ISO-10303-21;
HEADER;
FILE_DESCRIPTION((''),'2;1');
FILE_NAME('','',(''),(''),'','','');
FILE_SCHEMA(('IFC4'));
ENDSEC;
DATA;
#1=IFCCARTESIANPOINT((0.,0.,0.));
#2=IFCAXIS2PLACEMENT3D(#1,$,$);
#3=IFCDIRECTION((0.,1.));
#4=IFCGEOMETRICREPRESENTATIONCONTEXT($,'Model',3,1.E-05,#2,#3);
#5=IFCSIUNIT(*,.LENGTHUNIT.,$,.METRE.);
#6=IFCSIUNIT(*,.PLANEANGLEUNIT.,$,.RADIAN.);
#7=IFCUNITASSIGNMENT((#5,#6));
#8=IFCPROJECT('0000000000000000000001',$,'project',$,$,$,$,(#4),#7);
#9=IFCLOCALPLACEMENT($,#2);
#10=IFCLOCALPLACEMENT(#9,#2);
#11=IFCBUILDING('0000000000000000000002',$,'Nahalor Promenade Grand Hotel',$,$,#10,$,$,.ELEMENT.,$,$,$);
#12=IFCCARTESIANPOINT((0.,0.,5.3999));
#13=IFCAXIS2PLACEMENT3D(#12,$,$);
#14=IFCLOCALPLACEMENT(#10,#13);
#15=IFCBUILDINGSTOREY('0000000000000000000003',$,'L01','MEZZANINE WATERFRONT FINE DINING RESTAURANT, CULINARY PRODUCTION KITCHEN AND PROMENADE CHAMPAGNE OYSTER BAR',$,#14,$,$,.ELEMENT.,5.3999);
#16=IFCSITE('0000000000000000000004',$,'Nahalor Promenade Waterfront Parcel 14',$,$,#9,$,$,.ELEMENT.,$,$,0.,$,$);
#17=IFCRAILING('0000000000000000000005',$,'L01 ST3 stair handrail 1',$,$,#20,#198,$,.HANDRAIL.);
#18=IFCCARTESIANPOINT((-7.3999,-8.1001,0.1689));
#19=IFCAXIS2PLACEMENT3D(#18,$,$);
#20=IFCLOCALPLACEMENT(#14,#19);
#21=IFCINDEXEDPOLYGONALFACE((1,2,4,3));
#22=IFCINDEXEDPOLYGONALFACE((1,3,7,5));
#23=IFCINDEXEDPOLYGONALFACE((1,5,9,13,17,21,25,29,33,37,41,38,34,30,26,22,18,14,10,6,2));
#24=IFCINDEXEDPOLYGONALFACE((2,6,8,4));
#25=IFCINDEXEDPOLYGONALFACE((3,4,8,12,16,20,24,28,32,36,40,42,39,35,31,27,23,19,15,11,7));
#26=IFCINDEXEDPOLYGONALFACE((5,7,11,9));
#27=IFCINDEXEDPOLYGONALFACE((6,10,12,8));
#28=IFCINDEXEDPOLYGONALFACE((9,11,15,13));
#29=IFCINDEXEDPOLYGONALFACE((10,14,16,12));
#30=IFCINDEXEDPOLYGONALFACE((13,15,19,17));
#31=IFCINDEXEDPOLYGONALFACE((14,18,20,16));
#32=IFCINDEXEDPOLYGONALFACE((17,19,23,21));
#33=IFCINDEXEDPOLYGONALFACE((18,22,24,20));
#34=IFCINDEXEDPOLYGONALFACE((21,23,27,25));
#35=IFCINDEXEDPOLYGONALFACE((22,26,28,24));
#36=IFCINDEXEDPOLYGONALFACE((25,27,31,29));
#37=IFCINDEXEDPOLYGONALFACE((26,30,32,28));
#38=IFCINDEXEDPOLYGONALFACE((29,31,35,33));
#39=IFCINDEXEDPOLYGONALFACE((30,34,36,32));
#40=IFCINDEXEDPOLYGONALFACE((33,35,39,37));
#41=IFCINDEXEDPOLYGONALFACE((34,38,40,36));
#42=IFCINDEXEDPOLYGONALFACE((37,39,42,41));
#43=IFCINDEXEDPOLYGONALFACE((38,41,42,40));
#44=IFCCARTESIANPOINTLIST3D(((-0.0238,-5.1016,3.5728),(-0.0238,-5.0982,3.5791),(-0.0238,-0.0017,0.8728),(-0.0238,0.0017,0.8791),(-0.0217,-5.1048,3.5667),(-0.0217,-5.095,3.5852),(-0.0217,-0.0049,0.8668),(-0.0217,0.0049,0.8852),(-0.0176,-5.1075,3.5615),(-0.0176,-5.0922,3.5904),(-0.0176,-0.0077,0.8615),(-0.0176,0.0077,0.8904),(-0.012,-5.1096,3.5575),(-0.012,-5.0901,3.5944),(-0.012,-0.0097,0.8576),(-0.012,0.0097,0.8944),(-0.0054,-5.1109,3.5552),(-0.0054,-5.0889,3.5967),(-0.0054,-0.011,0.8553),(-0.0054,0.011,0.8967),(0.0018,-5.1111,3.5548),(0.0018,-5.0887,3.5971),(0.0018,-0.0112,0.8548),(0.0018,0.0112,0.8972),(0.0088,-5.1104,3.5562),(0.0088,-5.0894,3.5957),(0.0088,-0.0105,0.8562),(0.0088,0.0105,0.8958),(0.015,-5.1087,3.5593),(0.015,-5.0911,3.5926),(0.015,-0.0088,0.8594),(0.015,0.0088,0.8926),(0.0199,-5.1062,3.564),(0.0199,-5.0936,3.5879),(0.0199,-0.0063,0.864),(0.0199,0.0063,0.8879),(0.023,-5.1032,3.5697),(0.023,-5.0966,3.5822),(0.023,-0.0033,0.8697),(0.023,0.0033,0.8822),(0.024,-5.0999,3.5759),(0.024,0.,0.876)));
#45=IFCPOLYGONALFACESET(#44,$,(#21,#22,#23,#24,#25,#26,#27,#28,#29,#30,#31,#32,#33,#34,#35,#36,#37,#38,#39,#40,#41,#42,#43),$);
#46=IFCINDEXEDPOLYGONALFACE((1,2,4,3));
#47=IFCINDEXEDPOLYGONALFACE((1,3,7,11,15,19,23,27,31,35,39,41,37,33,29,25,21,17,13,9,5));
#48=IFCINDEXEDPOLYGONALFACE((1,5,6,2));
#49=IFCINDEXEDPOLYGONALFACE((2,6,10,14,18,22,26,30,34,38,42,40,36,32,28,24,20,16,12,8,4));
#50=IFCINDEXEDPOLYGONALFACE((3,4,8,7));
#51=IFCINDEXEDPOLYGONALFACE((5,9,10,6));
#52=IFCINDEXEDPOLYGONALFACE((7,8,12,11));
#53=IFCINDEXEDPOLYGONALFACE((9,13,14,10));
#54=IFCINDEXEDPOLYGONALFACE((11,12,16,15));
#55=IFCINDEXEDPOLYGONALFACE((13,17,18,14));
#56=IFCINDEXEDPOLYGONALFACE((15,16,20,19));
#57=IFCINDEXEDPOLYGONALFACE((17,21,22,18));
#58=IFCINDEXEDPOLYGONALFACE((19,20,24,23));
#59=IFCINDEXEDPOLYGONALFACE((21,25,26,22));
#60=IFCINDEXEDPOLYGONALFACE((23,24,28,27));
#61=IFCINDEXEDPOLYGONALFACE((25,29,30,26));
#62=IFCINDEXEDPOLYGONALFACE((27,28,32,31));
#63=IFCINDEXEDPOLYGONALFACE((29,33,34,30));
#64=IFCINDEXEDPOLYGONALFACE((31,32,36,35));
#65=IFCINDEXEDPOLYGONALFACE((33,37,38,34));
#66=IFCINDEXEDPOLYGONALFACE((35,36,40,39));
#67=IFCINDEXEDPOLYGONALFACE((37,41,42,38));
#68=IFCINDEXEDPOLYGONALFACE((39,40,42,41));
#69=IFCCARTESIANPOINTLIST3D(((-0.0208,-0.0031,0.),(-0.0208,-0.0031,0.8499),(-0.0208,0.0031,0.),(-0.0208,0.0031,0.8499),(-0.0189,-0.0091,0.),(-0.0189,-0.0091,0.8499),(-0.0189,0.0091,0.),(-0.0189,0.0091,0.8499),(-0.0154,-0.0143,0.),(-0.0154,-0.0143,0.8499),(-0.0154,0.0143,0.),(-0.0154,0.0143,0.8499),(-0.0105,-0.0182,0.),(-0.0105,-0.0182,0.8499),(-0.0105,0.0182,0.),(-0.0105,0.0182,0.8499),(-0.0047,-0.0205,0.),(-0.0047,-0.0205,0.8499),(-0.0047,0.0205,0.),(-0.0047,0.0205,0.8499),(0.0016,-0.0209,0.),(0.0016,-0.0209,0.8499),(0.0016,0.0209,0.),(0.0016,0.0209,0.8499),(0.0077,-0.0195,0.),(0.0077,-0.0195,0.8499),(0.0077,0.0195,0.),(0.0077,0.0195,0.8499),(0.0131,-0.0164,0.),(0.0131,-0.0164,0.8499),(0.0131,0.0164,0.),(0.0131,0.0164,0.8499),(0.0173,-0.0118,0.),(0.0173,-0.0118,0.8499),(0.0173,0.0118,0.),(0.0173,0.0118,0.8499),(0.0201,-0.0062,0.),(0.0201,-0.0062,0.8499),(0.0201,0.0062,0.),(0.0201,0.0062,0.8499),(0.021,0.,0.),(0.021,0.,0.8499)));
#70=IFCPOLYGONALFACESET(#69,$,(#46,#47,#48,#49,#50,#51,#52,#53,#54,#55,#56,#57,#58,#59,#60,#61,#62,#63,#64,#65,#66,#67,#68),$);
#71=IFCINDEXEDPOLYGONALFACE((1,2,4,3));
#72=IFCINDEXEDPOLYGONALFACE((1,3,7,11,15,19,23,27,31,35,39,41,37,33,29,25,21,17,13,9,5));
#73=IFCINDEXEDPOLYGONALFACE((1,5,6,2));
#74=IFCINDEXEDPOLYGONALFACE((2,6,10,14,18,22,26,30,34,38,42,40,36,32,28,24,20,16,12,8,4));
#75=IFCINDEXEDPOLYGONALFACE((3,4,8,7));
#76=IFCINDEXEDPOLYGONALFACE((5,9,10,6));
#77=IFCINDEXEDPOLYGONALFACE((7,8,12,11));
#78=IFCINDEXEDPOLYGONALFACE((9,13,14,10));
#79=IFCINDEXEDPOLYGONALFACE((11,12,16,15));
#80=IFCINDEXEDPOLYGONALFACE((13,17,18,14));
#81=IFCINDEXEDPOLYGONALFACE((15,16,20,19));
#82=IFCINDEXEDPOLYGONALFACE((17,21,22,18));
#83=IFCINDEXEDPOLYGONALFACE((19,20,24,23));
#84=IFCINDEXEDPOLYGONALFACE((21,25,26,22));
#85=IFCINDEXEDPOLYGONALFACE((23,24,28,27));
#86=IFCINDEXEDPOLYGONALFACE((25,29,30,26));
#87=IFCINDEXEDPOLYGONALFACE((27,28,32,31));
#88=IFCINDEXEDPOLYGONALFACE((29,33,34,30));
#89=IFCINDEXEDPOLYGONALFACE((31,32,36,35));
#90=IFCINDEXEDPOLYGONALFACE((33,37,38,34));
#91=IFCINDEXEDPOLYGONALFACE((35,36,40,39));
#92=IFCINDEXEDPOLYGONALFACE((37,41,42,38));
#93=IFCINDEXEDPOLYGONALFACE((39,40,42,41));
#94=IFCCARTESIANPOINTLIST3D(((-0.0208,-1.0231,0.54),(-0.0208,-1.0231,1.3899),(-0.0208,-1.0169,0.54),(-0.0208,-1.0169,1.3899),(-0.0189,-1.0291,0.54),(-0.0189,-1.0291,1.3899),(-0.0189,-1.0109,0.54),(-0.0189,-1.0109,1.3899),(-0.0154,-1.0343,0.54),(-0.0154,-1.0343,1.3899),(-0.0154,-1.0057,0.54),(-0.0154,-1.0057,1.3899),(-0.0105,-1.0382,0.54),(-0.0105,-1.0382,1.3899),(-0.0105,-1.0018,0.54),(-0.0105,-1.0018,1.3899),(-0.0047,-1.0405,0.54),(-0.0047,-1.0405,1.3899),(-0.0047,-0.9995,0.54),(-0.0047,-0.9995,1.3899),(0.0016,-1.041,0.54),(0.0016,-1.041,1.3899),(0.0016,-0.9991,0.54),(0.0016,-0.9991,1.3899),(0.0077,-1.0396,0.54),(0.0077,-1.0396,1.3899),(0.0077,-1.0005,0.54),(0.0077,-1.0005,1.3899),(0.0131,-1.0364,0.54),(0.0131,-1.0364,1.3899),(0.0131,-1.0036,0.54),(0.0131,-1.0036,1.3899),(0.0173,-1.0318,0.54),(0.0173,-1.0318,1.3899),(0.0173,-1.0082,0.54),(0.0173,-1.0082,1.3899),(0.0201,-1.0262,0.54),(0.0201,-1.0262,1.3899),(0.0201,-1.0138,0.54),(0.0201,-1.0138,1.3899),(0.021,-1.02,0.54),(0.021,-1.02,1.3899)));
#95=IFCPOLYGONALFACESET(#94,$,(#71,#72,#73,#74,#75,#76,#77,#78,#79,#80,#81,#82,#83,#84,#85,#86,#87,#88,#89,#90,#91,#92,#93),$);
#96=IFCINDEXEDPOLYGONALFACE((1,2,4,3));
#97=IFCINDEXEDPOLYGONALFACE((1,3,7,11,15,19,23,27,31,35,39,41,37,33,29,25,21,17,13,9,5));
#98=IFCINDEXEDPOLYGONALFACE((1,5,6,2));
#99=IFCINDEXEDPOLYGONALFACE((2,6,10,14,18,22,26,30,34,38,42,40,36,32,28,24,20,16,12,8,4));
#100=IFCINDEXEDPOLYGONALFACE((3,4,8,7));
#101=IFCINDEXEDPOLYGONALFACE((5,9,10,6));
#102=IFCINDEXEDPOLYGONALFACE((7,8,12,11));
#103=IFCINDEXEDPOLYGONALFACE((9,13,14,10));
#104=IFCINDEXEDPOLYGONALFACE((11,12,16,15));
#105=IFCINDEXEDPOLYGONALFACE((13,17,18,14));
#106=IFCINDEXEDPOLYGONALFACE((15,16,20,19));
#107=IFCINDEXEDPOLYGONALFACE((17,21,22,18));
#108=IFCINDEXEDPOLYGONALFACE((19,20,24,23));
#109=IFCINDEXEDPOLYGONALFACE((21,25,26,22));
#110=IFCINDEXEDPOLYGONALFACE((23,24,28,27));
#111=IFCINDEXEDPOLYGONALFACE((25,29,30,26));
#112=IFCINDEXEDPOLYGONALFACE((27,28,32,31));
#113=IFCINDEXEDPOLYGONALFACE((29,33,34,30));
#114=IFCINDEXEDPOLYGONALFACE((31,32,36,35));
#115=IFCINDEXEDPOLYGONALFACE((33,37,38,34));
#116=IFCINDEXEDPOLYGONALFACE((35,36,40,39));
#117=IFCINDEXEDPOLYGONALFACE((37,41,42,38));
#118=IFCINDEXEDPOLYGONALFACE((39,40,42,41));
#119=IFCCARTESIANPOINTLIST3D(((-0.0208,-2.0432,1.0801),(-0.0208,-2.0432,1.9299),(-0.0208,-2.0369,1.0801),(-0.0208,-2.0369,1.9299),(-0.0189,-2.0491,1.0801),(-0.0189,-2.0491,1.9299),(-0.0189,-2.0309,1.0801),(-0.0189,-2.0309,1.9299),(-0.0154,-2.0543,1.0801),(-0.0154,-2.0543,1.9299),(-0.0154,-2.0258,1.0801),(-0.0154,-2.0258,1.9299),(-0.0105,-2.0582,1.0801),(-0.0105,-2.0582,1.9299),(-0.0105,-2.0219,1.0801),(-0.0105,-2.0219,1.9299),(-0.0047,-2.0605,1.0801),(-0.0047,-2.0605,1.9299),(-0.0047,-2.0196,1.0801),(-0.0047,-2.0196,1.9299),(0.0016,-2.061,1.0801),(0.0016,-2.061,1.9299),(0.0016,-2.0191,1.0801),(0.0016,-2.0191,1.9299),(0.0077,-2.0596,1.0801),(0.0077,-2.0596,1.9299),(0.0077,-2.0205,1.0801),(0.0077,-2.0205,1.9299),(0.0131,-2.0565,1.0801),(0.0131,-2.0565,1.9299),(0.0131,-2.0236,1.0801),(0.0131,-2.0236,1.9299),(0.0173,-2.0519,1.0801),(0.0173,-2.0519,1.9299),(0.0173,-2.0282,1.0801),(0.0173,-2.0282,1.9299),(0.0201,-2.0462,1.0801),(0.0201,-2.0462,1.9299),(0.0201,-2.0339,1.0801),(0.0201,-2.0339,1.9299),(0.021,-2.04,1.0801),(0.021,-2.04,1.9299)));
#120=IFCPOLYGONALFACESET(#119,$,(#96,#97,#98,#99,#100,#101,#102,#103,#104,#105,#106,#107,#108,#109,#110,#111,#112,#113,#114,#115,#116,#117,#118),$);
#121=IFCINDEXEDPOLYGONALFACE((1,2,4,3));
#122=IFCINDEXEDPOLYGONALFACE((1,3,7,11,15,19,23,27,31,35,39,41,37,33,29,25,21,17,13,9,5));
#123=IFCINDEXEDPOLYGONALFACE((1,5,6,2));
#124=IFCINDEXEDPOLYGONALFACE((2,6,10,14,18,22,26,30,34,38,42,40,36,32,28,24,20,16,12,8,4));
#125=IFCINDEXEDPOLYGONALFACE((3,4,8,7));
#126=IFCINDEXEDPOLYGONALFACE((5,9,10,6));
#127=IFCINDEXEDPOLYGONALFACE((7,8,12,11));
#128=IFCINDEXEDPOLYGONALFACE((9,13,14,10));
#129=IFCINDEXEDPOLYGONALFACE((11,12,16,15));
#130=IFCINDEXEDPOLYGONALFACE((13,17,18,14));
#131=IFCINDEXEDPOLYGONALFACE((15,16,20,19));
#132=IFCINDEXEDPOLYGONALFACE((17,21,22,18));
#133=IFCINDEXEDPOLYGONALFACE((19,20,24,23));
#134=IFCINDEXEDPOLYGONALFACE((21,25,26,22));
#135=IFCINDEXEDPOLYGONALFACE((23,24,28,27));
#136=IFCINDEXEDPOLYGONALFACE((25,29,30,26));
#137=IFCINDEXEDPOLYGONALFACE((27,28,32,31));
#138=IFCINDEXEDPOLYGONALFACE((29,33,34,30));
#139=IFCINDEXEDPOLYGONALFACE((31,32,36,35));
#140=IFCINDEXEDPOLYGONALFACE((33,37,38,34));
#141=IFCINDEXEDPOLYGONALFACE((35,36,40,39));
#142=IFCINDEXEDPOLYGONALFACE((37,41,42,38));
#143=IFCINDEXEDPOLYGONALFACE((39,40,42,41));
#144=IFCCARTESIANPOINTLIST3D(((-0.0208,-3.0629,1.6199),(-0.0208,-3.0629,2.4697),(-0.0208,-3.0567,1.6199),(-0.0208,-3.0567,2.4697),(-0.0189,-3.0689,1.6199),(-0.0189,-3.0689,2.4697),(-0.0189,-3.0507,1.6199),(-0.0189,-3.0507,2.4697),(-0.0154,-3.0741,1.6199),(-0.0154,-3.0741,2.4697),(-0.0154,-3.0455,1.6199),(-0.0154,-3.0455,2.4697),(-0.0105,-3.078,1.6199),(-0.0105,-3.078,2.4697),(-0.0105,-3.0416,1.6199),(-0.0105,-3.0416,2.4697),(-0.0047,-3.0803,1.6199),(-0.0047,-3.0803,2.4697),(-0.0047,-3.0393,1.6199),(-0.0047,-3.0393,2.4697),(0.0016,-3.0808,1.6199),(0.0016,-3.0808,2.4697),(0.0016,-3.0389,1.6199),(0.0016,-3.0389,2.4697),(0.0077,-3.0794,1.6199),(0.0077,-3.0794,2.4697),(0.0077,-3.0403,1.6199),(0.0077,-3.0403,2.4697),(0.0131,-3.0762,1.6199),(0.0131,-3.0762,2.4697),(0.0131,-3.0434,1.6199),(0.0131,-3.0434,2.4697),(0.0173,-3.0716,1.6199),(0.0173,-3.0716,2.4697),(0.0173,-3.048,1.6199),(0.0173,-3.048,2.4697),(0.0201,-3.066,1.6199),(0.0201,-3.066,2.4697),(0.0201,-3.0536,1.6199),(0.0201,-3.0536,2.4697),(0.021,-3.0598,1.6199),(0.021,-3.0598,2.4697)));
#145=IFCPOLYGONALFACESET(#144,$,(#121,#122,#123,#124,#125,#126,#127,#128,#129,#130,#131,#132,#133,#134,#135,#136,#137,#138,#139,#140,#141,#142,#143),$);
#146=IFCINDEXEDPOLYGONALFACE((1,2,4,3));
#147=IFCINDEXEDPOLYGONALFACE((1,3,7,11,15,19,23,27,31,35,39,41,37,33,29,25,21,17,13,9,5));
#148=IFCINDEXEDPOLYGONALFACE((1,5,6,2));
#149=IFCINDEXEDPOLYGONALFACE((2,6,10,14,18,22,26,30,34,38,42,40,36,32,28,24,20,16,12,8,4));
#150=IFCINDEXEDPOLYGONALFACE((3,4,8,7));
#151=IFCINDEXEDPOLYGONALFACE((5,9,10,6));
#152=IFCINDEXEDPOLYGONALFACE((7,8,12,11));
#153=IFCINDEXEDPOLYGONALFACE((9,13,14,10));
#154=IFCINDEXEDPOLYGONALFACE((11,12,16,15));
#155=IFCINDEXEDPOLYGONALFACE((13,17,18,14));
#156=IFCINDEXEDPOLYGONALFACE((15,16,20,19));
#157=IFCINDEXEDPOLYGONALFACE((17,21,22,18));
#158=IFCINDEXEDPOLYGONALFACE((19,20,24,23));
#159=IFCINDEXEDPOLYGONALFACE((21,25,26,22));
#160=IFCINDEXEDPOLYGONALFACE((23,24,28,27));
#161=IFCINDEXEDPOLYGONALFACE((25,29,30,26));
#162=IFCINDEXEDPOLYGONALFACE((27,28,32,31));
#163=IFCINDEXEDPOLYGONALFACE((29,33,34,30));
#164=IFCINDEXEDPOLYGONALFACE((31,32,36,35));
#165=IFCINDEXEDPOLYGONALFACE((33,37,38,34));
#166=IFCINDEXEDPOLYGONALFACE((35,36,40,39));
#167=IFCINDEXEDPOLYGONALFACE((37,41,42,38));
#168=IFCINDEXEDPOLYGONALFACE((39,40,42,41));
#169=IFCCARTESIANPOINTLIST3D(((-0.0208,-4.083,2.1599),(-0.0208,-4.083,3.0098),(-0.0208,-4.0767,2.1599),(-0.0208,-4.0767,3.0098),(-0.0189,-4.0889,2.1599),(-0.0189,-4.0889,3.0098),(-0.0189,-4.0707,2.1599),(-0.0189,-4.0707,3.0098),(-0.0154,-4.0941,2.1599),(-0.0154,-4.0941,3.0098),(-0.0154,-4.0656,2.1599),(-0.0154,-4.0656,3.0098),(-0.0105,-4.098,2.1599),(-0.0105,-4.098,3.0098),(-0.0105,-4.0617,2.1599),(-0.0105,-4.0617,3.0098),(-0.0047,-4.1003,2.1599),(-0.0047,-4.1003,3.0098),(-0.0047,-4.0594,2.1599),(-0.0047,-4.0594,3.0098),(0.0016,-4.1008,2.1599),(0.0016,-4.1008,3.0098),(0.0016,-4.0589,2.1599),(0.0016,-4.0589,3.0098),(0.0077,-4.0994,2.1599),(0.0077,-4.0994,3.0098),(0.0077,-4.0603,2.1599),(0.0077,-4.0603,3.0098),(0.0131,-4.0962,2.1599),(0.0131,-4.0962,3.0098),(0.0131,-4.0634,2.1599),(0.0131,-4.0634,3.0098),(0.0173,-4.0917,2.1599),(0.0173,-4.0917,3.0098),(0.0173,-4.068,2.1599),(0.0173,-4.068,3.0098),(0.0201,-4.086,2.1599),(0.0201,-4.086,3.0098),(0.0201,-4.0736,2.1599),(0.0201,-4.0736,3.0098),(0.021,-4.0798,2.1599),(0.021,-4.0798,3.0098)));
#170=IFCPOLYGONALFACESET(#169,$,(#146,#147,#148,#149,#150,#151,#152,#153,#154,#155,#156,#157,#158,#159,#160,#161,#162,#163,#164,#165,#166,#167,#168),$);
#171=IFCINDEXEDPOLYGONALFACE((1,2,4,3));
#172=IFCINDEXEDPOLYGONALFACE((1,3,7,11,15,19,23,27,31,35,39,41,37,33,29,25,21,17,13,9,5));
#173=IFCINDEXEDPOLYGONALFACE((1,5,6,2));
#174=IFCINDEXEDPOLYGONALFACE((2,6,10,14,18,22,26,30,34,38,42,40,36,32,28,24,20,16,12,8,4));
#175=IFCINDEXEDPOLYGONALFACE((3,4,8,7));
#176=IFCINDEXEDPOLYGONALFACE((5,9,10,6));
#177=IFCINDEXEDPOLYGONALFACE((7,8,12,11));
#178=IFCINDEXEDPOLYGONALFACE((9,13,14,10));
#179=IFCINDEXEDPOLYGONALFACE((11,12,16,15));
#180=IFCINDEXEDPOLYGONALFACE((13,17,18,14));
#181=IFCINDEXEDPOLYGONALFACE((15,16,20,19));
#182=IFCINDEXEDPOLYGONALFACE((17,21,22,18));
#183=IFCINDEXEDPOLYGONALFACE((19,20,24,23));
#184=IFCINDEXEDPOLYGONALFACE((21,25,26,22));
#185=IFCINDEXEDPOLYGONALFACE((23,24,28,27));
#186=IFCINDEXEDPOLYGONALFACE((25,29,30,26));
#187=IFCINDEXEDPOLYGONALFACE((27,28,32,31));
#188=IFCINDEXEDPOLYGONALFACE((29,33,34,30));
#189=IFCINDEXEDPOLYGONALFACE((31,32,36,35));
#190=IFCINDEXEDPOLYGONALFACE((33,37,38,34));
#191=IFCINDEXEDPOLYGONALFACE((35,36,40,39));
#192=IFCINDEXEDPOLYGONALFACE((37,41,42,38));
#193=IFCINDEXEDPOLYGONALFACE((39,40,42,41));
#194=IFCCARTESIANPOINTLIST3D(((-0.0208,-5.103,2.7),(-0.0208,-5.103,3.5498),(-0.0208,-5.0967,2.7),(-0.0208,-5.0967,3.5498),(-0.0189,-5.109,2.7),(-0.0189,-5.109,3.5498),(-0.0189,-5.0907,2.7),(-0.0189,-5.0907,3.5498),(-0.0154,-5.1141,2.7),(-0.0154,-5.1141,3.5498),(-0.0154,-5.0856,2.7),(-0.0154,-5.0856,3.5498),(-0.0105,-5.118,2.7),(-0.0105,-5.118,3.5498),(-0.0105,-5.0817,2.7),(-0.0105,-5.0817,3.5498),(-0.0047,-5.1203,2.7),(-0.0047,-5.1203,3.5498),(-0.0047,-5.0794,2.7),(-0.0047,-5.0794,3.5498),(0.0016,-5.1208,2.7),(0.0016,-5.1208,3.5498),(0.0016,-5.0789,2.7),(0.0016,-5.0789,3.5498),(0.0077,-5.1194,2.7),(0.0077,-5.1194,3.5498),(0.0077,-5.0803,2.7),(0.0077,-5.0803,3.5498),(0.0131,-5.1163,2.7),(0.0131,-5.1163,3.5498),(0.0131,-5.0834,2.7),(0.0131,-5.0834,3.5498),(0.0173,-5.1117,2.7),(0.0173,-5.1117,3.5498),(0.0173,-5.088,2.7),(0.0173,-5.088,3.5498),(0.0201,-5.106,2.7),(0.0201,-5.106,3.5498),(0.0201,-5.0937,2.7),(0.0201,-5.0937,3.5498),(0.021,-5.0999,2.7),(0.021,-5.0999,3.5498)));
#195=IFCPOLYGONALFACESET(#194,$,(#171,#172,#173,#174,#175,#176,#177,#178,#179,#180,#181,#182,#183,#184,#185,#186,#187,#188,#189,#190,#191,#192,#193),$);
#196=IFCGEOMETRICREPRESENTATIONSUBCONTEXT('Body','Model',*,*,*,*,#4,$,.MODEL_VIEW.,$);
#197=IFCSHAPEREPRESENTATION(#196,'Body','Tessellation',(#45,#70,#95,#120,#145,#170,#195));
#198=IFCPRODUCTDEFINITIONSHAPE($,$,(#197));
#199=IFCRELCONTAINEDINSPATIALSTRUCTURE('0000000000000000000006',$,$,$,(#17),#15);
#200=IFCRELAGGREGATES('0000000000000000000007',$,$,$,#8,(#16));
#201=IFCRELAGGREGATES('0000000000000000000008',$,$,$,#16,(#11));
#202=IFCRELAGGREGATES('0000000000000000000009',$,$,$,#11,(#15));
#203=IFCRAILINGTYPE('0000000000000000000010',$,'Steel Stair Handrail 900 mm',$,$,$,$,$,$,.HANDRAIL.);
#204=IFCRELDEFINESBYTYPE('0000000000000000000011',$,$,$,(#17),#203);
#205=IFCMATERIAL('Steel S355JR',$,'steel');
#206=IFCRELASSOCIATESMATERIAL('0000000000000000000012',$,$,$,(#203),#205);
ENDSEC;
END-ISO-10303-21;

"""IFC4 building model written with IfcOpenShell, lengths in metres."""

from ifc_helpers import new_model, si_unit, direction, frame, origin, origin_2d, place, context, subcontext, project, spatial, circle, extrude, material, type_object, element, save


model = new_model("IFC4")

# Units and contexts
model_context = context("Model", 3, precision=1e-05, world=origin(), true_north=direction((0.0, 1.0)))
body_context = subcontext(model_context, "Body", "Model", "MODEL_VIEW")
ifc_project = project(units=[si_unit("LENGTHUNIT", "METRE"), si_unit("PLANEANGLEUNIT", "RADIAN")], contexts=[model_context])

# Site, building, storey
site_placement = place(None, origin())
site = spatial("IfcSite", under=ifc_project, at=site_placement, Name="Nahalor Promenade Waterfront Parcel 14", CompositionType="ELEMENT", RefElevation=0.0)
building_placement = place(site_placement, origin())
building = spatial("IfcBuilding", under=site, at=building_placement, Name="Nahalor Promenade Grand Hotel", CompositionType="ELEMENT")
storey_placement = place(building_placement, frame((0.0, 0.0, 5.3999)))
storey = spatial("IfcBuildingStorey", under=building, at=storey_placement, Name="L01", Description="MEZZANINE WATERFRONT FINE DINING RESTAURANT, CULINARY PRODUCTION KITCHEN AND PROMENADE CHAMPAGNE OYSTER BAR", CompositionType="ELEMENT", Elevation=5.3999)

# Shared definitions
ifc_material_1 = material(Name="Steel S355JR", Category="steel")

# Railing
railing_type_1 = type_object("IfcRailingType", Name="Steel Stair Handrail 900 mm", PredefinedType="HANDRAIL", material=ifc_material_1)
railing_1_placement = place(storey_placement, frame((-7.3999, -8.1001, 0.1689)))
element("IfcRailing", 1, at=railing_1_placement, inside=storey, type_object=railing_type_1, Name="L01 ST3 stair handrail 1", PredefinedType="HANDRAIL", context=body_context, shape_type="SweptSolid", body=[
    extrude(circle(Radius=0.024, at=origin_2d()), frame((0.0, 0.0, 0.876), z_axis=(0.0, -0.883786, 0.467892), x_axis=(1.0, 0.0, 0.0)), (0.0, 0.0, 1.0), 5.7705),
    extrude(circle(Radius=0.021, at=origin_2d()), origin(), (0.0, 0.0, 1.0), 0.8499),
    extrude(circle(Radius=0.021, at=origin_2d()), frame((0.0, -1.02, 0.54)), (0.0, 0.0, 1.0), 0.8499),
    extrude(circle(Radius=0.021, at=origin_2d()), frame((0.0, -2.04, 1.0801)), (0.0, 0.0, 1.0), 0.8499),
    extrude(circle(Radius=0.021, at=origin_2d()), frame((0.0, -3.0598, 1.6199)), (0.0, 0.0, 1.0), 0.8499),
    extrude(circle(Radius=0.021, at=origin_2d()), frame((0.0, -4.0798, 2.1599)), (0.0, 0.0, 1.0), 0.8499),
    extrude(circle(Radius=0.021, at=origin_2d()), frame((0.0, -5.0999, 2.7)), (0.0, 0.0, 1.0), 0.8499),
])

save(model, "model.ifc")
